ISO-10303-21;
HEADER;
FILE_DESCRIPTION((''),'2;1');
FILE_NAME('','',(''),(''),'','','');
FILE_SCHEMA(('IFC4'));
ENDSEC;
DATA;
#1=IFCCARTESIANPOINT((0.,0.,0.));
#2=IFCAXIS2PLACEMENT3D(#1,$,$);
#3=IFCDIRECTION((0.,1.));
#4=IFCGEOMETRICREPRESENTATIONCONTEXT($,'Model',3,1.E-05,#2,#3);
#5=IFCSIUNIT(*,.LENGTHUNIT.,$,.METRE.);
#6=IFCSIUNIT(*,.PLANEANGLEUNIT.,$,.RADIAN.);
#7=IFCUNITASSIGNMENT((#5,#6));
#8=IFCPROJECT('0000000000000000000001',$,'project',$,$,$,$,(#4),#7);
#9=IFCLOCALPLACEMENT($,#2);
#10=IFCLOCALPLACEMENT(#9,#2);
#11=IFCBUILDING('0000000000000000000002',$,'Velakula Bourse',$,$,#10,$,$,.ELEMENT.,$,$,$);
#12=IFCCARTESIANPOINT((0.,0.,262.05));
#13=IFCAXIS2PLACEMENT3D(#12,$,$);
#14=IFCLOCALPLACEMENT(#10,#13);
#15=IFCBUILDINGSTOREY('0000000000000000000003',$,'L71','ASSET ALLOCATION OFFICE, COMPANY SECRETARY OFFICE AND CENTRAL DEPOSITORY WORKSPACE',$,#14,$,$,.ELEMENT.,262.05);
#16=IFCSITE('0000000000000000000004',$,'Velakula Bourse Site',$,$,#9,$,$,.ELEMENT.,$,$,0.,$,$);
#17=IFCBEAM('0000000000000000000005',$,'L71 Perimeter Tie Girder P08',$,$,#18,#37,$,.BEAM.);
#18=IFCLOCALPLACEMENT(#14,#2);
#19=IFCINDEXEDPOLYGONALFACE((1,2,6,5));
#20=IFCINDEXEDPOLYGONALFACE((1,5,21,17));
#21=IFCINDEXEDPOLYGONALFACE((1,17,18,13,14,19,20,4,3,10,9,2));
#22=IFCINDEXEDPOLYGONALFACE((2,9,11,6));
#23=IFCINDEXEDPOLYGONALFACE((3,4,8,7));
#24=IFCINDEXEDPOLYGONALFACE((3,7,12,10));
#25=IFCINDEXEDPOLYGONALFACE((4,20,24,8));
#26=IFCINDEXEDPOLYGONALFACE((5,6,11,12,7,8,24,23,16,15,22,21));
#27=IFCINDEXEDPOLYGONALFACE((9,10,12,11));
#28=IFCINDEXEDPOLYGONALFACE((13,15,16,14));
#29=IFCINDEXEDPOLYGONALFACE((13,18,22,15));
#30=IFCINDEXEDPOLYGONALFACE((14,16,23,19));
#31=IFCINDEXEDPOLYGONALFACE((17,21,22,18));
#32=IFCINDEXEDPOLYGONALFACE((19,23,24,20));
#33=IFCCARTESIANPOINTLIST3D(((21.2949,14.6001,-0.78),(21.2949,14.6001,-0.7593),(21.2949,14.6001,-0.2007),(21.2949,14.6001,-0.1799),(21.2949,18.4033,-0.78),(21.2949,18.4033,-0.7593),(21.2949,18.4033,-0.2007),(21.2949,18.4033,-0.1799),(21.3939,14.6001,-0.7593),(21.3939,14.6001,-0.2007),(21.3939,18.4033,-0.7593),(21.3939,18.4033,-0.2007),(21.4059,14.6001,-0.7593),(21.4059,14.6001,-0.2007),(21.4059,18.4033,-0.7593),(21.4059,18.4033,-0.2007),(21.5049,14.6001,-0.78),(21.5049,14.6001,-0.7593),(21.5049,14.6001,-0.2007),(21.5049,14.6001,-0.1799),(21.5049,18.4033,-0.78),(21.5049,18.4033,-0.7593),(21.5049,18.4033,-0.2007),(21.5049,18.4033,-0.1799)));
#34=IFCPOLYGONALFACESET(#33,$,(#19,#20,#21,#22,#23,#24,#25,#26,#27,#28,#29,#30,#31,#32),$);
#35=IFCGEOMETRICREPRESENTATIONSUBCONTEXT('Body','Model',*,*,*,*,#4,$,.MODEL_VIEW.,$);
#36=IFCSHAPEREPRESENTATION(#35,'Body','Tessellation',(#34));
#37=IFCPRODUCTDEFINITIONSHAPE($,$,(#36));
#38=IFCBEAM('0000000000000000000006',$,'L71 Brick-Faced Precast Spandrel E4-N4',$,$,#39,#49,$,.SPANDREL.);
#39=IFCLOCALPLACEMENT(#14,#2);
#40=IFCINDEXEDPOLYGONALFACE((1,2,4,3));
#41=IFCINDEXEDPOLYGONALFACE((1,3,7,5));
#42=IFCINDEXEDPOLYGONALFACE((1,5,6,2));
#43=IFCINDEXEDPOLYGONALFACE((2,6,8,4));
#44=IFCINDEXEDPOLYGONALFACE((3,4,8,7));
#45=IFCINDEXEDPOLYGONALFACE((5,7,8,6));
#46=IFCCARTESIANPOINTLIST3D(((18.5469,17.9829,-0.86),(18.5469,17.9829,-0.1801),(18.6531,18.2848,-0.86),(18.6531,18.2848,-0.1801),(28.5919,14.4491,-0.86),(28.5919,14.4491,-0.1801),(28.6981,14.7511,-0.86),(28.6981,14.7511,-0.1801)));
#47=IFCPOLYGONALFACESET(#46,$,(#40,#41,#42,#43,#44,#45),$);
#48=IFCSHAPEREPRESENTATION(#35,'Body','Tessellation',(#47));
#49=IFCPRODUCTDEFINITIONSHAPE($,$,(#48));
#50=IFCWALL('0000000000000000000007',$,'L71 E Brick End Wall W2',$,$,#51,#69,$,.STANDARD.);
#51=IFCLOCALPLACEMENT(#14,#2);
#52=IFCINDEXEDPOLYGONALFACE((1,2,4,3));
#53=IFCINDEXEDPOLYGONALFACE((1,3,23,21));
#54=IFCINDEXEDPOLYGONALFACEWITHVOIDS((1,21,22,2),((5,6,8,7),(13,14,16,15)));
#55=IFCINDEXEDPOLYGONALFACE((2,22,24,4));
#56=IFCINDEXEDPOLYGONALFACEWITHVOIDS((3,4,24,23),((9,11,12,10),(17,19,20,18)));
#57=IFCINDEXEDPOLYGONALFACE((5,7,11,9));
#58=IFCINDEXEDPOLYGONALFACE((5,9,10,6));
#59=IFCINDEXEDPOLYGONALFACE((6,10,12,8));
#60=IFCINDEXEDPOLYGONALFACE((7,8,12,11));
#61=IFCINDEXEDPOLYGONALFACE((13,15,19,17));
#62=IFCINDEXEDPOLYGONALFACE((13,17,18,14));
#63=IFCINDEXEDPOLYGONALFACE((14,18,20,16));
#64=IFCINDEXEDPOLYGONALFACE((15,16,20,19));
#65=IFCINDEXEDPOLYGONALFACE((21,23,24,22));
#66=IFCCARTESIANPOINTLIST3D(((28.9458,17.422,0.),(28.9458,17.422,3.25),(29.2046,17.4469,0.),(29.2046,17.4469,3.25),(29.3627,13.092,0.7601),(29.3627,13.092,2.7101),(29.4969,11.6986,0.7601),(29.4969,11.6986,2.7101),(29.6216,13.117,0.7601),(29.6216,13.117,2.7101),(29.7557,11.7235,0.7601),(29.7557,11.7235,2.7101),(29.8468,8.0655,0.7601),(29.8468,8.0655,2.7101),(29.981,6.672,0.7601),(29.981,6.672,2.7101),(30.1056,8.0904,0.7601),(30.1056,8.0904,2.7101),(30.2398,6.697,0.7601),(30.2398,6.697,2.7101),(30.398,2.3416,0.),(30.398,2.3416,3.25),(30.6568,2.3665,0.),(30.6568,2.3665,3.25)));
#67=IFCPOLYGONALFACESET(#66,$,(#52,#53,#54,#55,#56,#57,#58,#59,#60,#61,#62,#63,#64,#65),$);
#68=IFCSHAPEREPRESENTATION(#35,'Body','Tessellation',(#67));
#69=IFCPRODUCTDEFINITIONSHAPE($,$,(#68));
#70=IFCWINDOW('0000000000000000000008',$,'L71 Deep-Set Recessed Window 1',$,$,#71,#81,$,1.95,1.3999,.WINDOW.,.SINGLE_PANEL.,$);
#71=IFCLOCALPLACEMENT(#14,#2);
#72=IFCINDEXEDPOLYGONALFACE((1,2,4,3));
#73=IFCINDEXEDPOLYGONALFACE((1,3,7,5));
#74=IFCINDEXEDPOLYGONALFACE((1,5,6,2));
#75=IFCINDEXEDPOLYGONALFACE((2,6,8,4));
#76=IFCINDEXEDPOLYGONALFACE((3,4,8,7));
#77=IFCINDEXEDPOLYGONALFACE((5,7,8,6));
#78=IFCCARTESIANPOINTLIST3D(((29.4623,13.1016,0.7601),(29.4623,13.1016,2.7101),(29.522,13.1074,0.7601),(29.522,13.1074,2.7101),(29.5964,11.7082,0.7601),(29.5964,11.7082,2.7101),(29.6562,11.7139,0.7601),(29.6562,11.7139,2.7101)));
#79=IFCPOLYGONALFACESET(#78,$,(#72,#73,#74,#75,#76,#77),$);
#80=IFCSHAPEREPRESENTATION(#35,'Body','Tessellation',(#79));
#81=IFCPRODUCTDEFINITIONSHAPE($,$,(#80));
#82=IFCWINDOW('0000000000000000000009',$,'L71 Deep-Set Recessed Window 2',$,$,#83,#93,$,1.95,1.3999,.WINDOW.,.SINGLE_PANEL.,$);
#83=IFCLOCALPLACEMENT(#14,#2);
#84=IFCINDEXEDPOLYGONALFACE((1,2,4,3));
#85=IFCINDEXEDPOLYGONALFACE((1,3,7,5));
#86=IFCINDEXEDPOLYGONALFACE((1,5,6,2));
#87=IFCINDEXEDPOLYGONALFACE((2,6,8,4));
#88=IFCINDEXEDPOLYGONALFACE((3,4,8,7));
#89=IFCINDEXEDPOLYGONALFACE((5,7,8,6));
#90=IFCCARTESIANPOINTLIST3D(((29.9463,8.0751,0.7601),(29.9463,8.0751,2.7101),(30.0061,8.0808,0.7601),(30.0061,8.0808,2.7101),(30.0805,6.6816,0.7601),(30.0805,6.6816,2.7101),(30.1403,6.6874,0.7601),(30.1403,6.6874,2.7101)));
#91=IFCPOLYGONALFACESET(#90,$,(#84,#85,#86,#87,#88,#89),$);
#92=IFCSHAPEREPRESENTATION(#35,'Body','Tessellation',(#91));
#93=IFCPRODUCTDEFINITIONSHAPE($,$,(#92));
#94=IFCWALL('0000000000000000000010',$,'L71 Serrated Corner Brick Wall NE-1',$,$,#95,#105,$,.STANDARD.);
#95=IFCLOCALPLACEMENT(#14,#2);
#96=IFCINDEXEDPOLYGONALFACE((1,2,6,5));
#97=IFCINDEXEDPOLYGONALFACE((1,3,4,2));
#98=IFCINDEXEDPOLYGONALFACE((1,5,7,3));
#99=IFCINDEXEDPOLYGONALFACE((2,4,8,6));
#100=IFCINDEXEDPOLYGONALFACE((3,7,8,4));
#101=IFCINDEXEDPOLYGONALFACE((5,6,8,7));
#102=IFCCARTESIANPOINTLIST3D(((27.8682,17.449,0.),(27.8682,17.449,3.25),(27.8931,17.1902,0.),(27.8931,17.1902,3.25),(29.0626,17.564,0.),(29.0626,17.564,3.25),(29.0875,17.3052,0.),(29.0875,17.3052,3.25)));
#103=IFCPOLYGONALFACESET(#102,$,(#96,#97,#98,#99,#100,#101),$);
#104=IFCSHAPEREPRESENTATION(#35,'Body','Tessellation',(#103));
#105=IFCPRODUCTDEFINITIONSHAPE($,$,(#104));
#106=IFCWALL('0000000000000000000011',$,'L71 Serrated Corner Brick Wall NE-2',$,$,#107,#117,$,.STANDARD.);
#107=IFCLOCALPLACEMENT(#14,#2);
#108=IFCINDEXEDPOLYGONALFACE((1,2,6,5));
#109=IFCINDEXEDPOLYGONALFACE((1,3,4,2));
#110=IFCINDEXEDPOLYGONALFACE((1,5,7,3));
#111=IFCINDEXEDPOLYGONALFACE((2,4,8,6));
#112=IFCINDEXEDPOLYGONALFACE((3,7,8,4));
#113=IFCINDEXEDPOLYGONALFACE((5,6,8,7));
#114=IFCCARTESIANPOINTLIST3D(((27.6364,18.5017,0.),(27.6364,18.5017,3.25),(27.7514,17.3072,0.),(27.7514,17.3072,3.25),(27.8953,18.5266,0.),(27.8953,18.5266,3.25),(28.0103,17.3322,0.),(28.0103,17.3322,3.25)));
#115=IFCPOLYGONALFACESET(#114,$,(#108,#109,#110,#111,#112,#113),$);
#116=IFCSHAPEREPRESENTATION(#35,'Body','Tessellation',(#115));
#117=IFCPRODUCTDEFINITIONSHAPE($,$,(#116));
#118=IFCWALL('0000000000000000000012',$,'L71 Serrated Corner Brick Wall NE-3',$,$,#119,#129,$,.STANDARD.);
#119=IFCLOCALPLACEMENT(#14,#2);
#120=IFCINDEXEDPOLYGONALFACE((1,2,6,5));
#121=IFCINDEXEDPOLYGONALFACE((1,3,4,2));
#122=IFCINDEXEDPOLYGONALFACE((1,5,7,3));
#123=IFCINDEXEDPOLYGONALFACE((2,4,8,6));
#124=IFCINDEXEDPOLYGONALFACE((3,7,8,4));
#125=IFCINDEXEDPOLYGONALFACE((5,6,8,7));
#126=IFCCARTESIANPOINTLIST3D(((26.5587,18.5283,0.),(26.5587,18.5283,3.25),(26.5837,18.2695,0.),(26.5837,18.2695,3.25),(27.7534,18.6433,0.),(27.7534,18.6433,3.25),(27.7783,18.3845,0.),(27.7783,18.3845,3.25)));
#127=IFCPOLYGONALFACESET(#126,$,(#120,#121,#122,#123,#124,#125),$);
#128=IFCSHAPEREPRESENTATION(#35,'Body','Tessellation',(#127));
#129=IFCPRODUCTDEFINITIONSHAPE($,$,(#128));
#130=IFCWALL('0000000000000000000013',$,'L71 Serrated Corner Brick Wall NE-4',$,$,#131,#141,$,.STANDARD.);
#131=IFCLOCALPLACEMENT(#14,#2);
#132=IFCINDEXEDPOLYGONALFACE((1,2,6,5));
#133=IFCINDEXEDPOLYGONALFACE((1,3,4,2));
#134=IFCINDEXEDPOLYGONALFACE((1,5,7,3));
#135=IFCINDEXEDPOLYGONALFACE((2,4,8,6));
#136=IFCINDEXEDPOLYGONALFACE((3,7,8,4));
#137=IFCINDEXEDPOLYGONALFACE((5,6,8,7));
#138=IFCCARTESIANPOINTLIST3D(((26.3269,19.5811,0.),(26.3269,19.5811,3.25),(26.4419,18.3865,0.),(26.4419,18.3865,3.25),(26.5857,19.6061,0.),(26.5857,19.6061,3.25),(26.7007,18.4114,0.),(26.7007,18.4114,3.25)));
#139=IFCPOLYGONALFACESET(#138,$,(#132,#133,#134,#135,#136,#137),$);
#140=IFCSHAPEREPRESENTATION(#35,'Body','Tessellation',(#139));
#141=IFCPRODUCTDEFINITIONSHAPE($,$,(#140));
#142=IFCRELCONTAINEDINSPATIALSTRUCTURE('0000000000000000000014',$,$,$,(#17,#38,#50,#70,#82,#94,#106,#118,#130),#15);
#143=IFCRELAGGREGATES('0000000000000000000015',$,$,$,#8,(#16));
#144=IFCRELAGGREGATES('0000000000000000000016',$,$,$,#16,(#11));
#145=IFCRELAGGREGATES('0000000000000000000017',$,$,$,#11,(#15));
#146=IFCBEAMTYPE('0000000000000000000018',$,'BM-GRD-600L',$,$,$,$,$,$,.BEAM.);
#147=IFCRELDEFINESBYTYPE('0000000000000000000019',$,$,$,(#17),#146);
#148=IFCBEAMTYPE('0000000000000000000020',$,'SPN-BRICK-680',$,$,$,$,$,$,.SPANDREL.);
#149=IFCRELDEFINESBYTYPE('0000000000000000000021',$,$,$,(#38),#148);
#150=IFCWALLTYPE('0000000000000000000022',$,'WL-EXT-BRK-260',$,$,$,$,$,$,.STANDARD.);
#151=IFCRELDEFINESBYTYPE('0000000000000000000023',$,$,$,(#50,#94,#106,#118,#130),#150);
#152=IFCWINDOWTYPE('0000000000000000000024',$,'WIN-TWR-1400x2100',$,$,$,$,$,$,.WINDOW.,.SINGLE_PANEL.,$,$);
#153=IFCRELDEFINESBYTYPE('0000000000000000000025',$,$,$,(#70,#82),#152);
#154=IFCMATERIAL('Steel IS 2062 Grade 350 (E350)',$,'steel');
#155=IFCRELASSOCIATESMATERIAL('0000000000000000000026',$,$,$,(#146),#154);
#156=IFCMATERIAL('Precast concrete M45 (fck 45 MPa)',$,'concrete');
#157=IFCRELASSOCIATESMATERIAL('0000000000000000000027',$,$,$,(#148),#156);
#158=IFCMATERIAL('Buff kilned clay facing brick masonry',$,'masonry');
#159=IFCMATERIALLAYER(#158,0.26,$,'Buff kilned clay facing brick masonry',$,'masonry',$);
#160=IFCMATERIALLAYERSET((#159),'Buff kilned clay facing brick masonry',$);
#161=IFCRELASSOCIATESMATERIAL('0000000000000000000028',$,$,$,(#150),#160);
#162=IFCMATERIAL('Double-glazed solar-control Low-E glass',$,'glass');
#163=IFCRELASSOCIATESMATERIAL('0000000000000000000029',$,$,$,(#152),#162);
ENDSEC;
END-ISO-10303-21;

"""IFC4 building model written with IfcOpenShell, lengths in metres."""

from ifc_helpers import new_model, si_unit, direction, frame, frame_2d, origin, origin_2d, place, context, subcontext, project, spatial, rectangle, i_section, extrude, material, layer, layer_set, material_profile, profile_set, type_object, element, fill, save


model = new_model("IFC4")

# Units and contexts
model_context = context("Model", 3, precision=1e-05, world=origin(), true_north=direction((0.0, 1.0)))
body_context = subcontext(model_context, "Body", "Model", "MODEL_VIEW")
ifc_project = project(units=[si_unit("LENGTHUNIT", "METRE"), si_unit("PLANEANGLEUNIT", "RADIAN")], contexts=[model_context])

# Site, building, storey
site_placement = place(None, origin())
site = spatial("IfcSite", under=ifc_project, at=site_placement, Name="Velakula Bourse Site", CompositionType="ELEMENT", RefElevation=0.0)
building_placement = place(site_placement, origin())
building = spatial("IfcBuilding", under=site, at=building_placement, Name="Velakula Bourse", CompositionType="ELEMENT")
storey_placement = place(building_placement, frame((0.0, 0.0, 262.05)))
storey = spatial("IfcBuildingStorey", under=building, at=storey_placement, Name="L71", Description="ASSET ALLOCATION OFFICE, COMPANY SECRETARY OFFICE AND CENTRAL DEPOSITORY WORKSPACE", CompositionType="ELEMENT", Elevation=262.05)

# Shared definitions
ifc_material_1 = material(Name="Steel IS 2062 Grade 350 (E350)", Category="steel")
ifc_material_2 = material(Name="Precast concrete M45 (fck 45 MPa)", Category="concrete")

# Beams
ifc_material_profile_1 = material_profile(ifc_material_1, i_section(OverallWidth=0.21, OverallDepth=0.6001, WebThickness=0.012, FlangeThickness=0.0208, at=origin_2d()), Name="Steel IS 2062 Grade 350 (E350)")
ifc_profile_set_1 = profile_set([ifc_material_profile_1], Name="Steel IS 2062 Grade 350 (E350)")
beam_type_1 = type_object("IfcBeamType", Name="BM-GRD-600L", PredefinedType="BEAM", material=ifc_profile_set_1)
beam_1_placement = place(storey_placement, frame((21.3999, 14.6001, -0.48), z_axis=(0.0, 1.0, 0.0), x_axis=(-1.0, 0.0, 0.0)))
element("IfcBeam", 1, at=beam_1_placement, inside=storey, type_object=beam_type_1, Name="L71 Perimeter Tie Girder P08", PredefinedType="BEAM", context=body_context, shape_type="SweptSolid", body=[
    extrude(i_section(OverallWidth=0.21, OverallDepth=0.6001, WebThickness=0.012, FlangeThickness=0.0208, at=origin_2d()), origin(), (0.0, 0.0, 1.0), 3.8032),
])
ifc_material_profile_2 = material_profile(ifc_material_2, rectangle(XDim=0.3201, YDim=0.6799, at=origin_2d()), Name="Precast concrete M45 (fck 45 MPa)")
ifc_profile_set_2 = profile_set([ifc_material_profile_2], Name="Precast concrete M45 (fck 45 MPa)")
beam_type_2 = type_object("IfcBeamType", Name="SPN-BRICK-680", PredefinedType="SPANDREL", material=ifc_profile_set_2)
beam_2_placement = place(storey_placement, frame((28.645, 14.6001, -0.52), z_axis=(-0.943331, 0.331853, 0.0), x_axis=(-0.331853, -0.943331, 0.0)))
element("IfcBeam", 2, at=beam_2_placement, inside=storey, type_object=beam_type_2, Name="L71 Brick-Faced Precast Spandrel E4-N4", PredefinedType="SPANDREL", context=body_context, shape_type="SweptSolid", body=[
    extrude(rectangle(XDim=0.3201, YDim=0.6799, at=origin_2d()), origin(), (0.0, 0.0, 1.0), 10.6484),
])

# Wall, openings, windows
ifc_material_3 = material(Name="Buff kilned clay facing brick masonry", Category="masonry")
ifc_layer = layer(ifc_material_3, 0.26, Name="Buff kilned clay facing brick masonry", Category="masonry")
ifc_layer_set = layer_set([ifc_layer], Name="Buff kilned clay facing brick masonry")
wall_type = type_object("IfcWallType", Name="WL-EXT-BRK-260", PredefinedType="STANDARD", material=ifc_layer_set)
wall_placement = place(storey_placement, frame((29.0752, 17.4346, 0.0), z_axis=(0.0, 0.0, 1.0), x_axis=(0.095851, -0.995396, 0.0)))
wall = element("IfcWall", 3, at=wall_placement, inside=storey, type_object=wall_type, Name="L71 E Brick End Wall W2", PredefinedType="STANDARD", context=body_context, shape_type="SweptSolid", body=[
    extrude(rectangle(XDim=15.1501, YDim=0.26, at=frame_2d((7.5752, 0.0))), origin(), (0.0, 0.0, 1.0), 3.25),
])
opening_1_placement = place(wall_placement, frame((4.3501, 0.0, 0.76)))
opening_1 = element("IfcOpeningElement", 4, at=opening_1_placement, cuts=wall, PredefinedType="OPENING", context=body_context, shape_type="SweptSolid", body=[
    extrude(rectangle(XDim=1.3999, YDim=1.95, at=frame_2d((0.7, 0.9751))), frame((0.0, 0.1399, 0.0), z_axis=(0.0, -1.0, 0.0), x_axis=(1.0, 0.0, 0.0)), (0.0, 0.0, 1.0), 0.28),
])
opening_2_placement = place(wall_placement, frame((9.3999, 0.0, 0.76)))
opening_2 = element("IfcOpeningElement", 5, at=opening_2_placement, cuts=wall, PredefinedType="OPENING", context=body_context, shape_type="SweptSolid", body=[
    extrude(rectangle(XDim=1.3999, YDim=1.95, at=frame_2d((0.7, 0.9751))), frame((0.0, 0.1399, 0.0), z_axis=(0.0, -1.0, 0.0), x_axis=(1.0, 0.0, 0.0)), (0.0, 0.0, 1.0), 0.28),
])
ifc_material_4 = material(Name="Double-glazed solar-control Low-E glass", Category="glass")
window_type = type_object("IfcWindowType", Name="WIN-TWR-1400x2100", PartitioningType="SINGLE_PANEL", PredefinedType="WINDOW", material=ifc_material_4)
window_1_placement = place(opening_1_placement, origin())
window_1 = element("IfcWindow", 6, at=window_1_placement, inside=storey, type_object=window_type, Name="L71 Deep-Set Recessed Window 1", OverallHeight=1.95, OverallWidth=1.3999, PartitioningType="SINGLE_PANEL", PredefinedType="WINDOW", context=body_context, shape_type="SweptSolid", body=[
    extrude(rectangle(XDim=1.3999, YDim=1.95, at=frame_2d((0.7, 0.9751))), frame((0.0, 0.03, 0.0), z_axis=(0.0, -1.0, 0.0), x_axis=(1.0, 0.0, 0.0)), (0.0, 0.0, 1.0), 0.0601),
])
fill(opening_1, window_1)
window_2_placement = place(opening_2_placement, origin())
window_2 = element("IfcWindow", 7, at=window_2_placement, inside=storey, type_object=window_type, Name="L71 Deep-Set Recessed Window 2", OverallHeight=1.95, OverallWidth=1.3999, PartitioningType="SINGLE_PANEL", PredefinedType="WINDOW", context=body_context, shape_type="SweptSolid", body=[
    extrude(rectangle(XDim=1.3999, YDim=1.95, at=frame_2d((0.7, 0.9751))), frame((0.0, 0.03, 0.0), z_axis=(0.0, -1.0, 0.0), x_axis=(1.0, 0.0, 0.0)), (0.0, 0.0, 1.0), 0.0601),
])
fill(opening_2, window_2)

# Walls
for number, where, z_axis, x_axis, name in (
    (8, (29.0752, 17.4346, 0.0), (0.0, 0.0, 1.0), (-0.995397, -0.095836, 0.0), "L71 Serrated Corner Brick Wall NE-1"),
    (9, (27.8809, 17.3196, 0.0), (0.0, 0.0, 1.0), (-0.095836, 0.995397, 0.0), "L71 Serrated Corner Brick Wall NE-2"),
):
    element("IfcWall", number, at=place(storey_placement, frame(where, z_axis=z_axis, x_axis=x_axis)), inside=storey, type_object=wall_type, Name=name, PredefinedType="STANDARD", context=body_context, shape_type="SweptSolid", body=[
        extrude(rectangle(XDim=1.2, YDim=0.26, at=frame_2d((0.6001, 0.0))), origin(), (0.0, 0.0, 1.0), 3.25),
    ])
for number, where, z_axis, x_axis, name in (
    (10, (27.7659, 18.5139, 0.0), (0.0, 0.0, 1.0), (-0.995399, -0.095817, 0.0), "L71 Serrated Corner Brick Wall NE-3"),
    (11, (26.5713, 18.3989, 0.0), (0.0, 0.0, 1.0), (-0.095817, 0.995399, 0.0), "L71 Serrated Corner Brick Wall NE-4"),
):
    element("IfcWall", number, at=place(storey_placement, frame(where, z_axis=z_axis, x_axis=x_axis)), inside=storey, type_object=wall_type, Name=name, PredefinedType="STANDARD", context=body_context, shape_type="SweptSolid", body=[
        extrude(rectangle(XDim=1.2002, YDim=0.26, at=frame_2d((0.6001, 0.0))), origin(), (0.0, 0.0, 1.0), 3.25),
    ])

save(model, "model.ifc")
